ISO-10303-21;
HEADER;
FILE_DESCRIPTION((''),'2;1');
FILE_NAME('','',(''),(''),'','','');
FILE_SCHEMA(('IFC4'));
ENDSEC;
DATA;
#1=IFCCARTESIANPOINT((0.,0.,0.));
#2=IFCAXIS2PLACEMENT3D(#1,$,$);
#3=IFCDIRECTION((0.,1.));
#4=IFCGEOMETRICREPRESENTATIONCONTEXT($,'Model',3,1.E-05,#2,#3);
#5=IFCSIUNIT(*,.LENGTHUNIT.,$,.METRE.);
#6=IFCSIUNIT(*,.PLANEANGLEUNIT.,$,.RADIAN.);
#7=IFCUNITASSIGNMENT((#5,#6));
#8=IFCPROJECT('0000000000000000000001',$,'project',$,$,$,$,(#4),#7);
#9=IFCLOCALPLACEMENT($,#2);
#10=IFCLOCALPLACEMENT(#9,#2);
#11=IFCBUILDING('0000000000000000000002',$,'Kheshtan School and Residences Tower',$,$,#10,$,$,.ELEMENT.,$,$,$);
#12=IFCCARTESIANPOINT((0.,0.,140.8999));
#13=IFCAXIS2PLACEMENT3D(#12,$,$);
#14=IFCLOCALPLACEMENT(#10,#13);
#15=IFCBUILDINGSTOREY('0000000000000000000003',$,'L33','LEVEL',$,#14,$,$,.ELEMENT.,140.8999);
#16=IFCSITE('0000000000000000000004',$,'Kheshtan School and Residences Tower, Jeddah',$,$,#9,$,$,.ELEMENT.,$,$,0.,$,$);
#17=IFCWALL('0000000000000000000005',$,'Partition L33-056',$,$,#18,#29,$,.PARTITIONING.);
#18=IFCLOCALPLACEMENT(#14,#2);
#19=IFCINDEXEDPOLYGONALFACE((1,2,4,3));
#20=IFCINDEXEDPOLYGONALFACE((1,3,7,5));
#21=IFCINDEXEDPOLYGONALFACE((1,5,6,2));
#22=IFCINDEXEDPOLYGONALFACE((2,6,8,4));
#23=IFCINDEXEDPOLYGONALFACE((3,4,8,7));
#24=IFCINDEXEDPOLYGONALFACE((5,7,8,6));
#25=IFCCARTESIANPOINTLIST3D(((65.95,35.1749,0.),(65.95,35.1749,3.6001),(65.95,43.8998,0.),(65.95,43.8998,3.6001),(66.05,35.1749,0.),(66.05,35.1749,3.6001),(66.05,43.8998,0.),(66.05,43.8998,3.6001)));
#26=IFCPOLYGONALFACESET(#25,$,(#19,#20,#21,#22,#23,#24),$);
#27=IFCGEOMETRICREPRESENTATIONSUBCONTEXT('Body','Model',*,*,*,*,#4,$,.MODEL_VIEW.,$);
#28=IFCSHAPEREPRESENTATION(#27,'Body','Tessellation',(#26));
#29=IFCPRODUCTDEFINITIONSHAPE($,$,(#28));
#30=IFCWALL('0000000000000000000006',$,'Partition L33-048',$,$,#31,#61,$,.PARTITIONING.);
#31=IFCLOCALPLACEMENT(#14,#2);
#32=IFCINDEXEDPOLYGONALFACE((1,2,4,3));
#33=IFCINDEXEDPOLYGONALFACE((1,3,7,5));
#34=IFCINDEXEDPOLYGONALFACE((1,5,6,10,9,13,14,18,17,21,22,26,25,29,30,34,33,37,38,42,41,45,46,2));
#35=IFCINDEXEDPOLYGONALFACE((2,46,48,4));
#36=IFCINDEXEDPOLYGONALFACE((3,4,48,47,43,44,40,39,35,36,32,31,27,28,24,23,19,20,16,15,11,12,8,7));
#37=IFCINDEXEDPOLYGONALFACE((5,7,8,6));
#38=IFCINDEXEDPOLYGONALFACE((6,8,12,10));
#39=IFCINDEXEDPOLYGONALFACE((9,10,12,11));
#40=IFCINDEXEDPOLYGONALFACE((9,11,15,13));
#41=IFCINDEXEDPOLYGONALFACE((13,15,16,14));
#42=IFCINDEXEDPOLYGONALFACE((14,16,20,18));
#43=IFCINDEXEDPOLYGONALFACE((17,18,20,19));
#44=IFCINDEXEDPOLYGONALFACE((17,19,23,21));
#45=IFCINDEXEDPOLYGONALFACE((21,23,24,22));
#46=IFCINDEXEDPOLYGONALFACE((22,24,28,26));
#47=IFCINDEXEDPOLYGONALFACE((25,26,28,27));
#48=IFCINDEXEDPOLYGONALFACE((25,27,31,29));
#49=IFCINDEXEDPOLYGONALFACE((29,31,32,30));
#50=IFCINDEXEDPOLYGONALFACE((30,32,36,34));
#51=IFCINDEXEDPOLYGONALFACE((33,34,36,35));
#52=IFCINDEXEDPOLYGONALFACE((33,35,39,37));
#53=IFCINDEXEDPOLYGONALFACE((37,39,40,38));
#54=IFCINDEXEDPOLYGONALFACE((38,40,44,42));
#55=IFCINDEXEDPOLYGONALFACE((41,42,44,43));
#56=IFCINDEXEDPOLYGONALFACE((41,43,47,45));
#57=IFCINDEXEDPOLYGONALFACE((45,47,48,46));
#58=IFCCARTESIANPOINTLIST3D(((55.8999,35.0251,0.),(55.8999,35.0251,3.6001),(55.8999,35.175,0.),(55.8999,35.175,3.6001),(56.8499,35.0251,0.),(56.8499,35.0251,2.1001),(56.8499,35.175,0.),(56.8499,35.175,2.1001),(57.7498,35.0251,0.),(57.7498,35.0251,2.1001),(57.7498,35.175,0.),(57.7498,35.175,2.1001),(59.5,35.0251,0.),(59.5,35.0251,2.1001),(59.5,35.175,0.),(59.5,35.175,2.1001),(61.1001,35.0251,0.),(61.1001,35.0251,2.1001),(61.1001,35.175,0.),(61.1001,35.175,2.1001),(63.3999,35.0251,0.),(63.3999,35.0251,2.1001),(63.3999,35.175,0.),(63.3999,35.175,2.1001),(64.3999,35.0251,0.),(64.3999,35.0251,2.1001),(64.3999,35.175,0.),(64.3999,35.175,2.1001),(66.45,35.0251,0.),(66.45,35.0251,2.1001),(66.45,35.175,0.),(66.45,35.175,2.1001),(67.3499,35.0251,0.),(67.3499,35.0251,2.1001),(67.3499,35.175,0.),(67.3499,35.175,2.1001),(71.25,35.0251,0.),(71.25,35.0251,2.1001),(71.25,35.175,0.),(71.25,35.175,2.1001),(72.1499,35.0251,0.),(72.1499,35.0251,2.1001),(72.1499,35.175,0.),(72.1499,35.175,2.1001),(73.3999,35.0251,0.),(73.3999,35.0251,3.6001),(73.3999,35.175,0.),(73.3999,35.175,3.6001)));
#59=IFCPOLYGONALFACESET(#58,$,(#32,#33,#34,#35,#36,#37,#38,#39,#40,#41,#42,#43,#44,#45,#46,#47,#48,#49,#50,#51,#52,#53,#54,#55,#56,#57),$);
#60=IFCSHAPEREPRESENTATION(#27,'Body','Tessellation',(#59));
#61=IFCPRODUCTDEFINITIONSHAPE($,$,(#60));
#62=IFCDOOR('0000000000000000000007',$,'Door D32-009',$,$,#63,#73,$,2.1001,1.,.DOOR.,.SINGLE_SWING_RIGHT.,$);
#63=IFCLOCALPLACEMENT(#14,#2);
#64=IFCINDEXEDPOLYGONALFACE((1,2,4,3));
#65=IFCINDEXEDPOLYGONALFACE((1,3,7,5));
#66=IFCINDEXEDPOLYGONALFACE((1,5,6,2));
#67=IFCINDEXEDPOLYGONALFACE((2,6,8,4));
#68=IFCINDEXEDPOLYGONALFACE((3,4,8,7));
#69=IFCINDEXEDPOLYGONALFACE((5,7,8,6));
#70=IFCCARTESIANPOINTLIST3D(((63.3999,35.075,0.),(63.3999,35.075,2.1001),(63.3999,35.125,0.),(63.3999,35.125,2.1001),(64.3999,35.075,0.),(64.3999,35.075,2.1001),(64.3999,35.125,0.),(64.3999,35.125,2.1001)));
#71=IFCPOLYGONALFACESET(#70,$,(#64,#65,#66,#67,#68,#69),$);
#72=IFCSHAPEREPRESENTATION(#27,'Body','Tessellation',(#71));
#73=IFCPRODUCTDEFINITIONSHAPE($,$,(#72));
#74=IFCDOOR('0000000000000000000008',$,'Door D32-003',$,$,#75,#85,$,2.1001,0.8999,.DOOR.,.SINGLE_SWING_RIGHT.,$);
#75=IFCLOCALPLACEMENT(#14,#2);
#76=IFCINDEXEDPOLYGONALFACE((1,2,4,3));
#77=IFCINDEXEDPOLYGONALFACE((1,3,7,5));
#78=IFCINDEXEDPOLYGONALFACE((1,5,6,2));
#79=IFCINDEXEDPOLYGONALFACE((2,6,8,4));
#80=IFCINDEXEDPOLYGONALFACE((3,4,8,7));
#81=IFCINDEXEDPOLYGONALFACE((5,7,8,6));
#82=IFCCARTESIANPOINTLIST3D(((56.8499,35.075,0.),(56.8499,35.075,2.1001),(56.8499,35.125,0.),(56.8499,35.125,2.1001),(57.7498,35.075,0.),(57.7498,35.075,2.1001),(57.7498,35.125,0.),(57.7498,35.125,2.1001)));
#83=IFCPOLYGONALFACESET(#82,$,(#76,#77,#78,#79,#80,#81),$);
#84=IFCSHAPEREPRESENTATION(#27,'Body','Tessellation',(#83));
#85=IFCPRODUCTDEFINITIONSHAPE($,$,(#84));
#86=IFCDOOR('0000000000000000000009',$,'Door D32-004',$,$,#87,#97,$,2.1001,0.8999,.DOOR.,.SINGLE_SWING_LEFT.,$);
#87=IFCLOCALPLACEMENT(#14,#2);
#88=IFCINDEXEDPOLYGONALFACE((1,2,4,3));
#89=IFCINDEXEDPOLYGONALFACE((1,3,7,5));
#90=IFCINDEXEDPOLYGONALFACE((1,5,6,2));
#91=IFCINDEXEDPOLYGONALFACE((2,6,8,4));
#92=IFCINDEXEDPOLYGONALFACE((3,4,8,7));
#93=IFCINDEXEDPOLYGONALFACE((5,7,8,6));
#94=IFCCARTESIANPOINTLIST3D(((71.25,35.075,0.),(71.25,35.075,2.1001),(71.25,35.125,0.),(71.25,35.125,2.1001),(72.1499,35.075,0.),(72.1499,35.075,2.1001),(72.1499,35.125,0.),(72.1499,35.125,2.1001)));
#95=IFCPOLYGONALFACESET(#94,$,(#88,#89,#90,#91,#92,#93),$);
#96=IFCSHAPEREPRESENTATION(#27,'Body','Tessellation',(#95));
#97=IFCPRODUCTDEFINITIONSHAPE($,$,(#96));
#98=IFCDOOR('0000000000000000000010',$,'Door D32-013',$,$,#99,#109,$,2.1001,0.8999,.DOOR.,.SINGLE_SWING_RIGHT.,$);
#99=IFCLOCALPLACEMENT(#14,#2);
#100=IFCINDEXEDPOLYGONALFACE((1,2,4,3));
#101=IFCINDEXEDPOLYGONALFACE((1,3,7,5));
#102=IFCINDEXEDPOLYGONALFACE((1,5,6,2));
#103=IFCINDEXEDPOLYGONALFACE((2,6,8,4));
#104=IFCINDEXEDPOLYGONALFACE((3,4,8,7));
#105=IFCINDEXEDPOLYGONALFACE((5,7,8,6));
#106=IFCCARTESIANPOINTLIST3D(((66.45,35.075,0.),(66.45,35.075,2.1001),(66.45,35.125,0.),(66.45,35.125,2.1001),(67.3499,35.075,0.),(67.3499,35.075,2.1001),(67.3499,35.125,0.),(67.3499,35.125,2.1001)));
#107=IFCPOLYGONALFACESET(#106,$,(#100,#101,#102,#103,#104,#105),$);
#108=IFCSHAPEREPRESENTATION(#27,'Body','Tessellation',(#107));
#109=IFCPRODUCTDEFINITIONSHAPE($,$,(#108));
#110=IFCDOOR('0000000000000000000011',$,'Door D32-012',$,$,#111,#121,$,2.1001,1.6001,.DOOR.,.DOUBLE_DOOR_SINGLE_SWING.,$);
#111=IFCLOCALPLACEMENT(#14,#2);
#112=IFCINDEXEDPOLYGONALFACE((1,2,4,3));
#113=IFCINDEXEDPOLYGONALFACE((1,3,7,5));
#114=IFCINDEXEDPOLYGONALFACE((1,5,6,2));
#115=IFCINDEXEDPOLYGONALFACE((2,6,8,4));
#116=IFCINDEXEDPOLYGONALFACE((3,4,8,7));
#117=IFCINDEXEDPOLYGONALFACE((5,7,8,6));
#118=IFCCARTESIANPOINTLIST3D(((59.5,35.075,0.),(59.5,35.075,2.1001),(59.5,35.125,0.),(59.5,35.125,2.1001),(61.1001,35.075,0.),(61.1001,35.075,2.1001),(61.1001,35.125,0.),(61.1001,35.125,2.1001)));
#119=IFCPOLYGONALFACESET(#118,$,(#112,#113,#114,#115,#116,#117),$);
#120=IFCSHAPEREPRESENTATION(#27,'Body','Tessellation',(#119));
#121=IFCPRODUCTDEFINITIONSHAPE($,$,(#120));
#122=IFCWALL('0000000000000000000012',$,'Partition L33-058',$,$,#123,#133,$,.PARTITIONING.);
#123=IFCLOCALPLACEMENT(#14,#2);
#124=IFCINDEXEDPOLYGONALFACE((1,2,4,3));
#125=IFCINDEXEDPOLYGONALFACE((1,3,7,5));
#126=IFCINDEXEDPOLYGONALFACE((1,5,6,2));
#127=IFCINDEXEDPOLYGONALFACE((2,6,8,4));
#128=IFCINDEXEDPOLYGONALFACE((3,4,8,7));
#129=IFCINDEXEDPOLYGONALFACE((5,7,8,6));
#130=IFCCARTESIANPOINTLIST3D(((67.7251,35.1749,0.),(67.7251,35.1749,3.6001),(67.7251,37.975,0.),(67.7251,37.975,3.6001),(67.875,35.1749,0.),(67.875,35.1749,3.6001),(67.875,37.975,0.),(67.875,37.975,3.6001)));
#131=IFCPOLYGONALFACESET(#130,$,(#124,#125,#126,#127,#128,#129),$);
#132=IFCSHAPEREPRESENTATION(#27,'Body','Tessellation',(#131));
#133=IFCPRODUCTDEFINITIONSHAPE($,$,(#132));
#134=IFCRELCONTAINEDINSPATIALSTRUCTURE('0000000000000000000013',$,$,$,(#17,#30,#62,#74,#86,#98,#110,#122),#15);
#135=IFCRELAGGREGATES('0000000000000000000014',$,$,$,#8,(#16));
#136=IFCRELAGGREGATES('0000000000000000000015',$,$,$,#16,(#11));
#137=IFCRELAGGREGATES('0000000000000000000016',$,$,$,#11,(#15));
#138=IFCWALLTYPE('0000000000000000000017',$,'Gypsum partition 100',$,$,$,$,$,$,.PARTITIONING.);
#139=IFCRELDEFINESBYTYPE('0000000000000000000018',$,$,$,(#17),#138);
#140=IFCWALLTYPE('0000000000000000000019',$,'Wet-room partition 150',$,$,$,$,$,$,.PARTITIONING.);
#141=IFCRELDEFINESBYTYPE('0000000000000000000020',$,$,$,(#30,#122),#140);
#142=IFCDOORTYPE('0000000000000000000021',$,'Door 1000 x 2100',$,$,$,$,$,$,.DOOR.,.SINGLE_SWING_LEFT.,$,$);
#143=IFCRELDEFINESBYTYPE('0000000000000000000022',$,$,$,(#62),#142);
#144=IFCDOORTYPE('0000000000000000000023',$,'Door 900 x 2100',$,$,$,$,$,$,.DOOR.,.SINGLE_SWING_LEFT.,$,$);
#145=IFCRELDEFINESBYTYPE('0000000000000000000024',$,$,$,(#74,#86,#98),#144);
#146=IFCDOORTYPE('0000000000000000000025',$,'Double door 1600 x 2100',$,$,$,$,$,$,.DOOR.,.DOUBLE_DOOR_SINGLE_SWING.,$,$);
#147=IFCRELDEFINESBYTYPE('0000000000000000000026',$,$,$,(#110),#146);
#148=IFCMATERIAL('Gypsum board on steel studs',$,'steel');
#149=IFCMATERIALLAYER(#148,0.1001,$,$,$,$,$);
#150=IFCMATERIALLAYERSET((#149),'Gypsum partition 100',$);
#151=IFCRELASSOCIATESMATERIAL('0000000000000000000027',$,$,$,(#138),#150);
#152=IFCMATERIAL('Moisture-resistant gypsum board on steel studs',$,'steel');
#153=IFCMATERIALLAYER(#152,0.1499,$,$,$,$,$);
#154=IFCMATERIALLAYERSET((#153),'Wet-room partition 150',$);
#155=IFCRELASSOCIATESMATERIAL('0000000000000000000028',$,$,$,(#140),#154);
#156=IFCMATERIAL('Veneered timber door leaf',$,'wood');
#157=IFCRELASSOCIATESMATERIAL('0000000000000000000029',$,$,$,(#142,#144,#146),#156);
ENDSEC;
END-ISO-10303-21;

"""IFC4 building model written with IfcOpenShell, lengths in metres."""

from ifc_helpers import new_model, si_unit, direction, frame, frame_2d, origin, place, context, subcontext, project, spatial, rectangle, extrude, source, transform, mapped, material, layer, layer_set, type_object, element, fill, save


model = new_model("IFC4")

# Units and contexts
model_context = context("Model", 3, precision=1e-05, world=origin(), true_north=direction((0.0, 1.0)))
body_context = subcontext(model_context, "Body", "Model", "MODEL_VIEW")
ifc_project = project(units=[si_unit("LENGTHUNIT", "METRE"), si_unit("PLANEANGLEUNIT", "RADIAN")], contexts=[model_context])

# Site, building, storey
site_placement = place(None, origin())
site = spatial("IfcSite", under=ifc_project, at=site_placement, Name="Kheshtan School and Residences Tower, Jeddah", CompositionType="ELEMENT", RefElevation=0.0)
building_placement = place(site_placement, origin())
building = spatial("IfcBuilding", under=site, at=building_placement, Name="Kheshtan School and Residences Tower", CompositionType="ELEMENT")
storey_placement = place(building_placement, frame((0.0, 0.0, 140.8999)))
storey = spatial("IfcBuildingStorey", under=building, at=storey_placement, Name="L33", Description="LEVEL", CompositionType="ELEMENT", Elevation=140.8999)

# Wall
ifc_material_1 = material(Name="Gypsum board on steel studs", Category="steel")
ifc_layer_1 = layer(ifc_material_1, 0.1001)
ifc_layer_set_1 = layer_set([ifc_layer_1], Name="Gypsum partition 100")
wall_type_1 = type_object("IfcWallType", Name="Gypsum partition 100", PredefinedType="PARTITIONING", material=ifc_layer_set_1)
for number, where, z_axis, x_axis, name in (
    (1, (66.0, 35.175, 0.0), (0.0, 0.0, 1.0), (0.0, 1.0, 0.0), "Partition L33-056"),
):
    element("IfcWall", number, at=place(storey_placement, frame(where, z_axis=z_axis, x_axis=x_axis)), inside=storey, type_object=wall_type_1, Name=name, PredefinedType="PARTITIONING", context=body_context, shape_type="SweptSolid", body=[
        extrude(rectangle(XDim=8.7249, YDim=0.1001, at=frame_2d((4.3623, 0.0))), origin(), (0.0, 0.0, 1.0), 3.6001),
    ])

# Wall, openings, doors
ifc_material_2 = material(Name="Moisture-resistant gypsum board on steel studs", Category="steel")
ifc_layer_2 = layer(ifc_material_2, 0.1499)
ifc_layer_set_2 = layer_set([ifc_layer_2], Name="Wet-room partition 150")
wall_type_2 = type_object("IfcWallType", Name="Wet-room partition 150", PredefinedType="PARTITIONING", material=ifc_layer_set_2)
wall_1_placement = place(storey_placement, frame((55.8999, 35.1001, 0.0), z_axis=(0.0, 0.0, 1.0), x_axis=(1.0, 0.0, 0.0)))
wall_1 = element("IfcWall", 2, at=wall_1_placement, inside=storey, type_object=wall_type_2, Name="Partition L33-048", PredefinedType="PARTITIONING", context=body_context, shape_type="SweptSolid", body=[
    extrude(rectangle(XDim=17.5, YDim=0.1499, at=frame_2d((8.75, 0.0))), origin(), (0.0, 0.0, 1.0), 3.6001),
])
opening_1_placement = place(wall_1_placement, frame((0.95, 0.0, 0.0)))
opening_1 = element("IfcOpeningElement", 3, at=opening_1_placement, cuts=wall_1, PredefinedType="OPENING", context=body_context, shape_type="SweptSolid", body=[
    extrude(rectangle(XDim=0.8999, YDim=2.1001, at=frame_2d((0.45, 1.05))), frame((0.0, 0.085, 0.0), z_axis=(0.0, -1.0, 0.0), x_axis=(1.0, 0.0, 0.0)), (0.0, 0.0, 1.0), 0.1699),
])
opening_2_placement = place(wall_1_placement, frame((15.3501, 0.0, 0.0)))
opening_2 = element("IfcOpeningElement", 4, at=opening_2_placement, cuts=wall_1, PredefinedType="OPENING", context=body_context, shape_type="SweptSolid", body=[
    extrude(rectangle(XDim=0.8999, YDim=2.1001, at=frame_2d((0.45, 1.05))), frame((0.0, 0.085, 0.0), z_axis=(0.0, -1.0, 0.0), x_axis=(1.0, 0.0, 0.0)), (0.0, 0.0, 1.0), 0.1699),
])
opening_3_placement = place(wall_1_placement, frame((7.5, 0.0, 0.0)))
opening_3 = element("IfcOpeningElement", 5, at=opening_3_placement, cuts=wall_1, PredefinedType="OPENING", context=body_context, shape_type="SweptSolid", body=[
    extrude(rectangle(XDim=1.0, YDim=2.1001, at=frame_2d((0.5, 1.05))), frame((0.0, 0.085, 0.0), z_axis=(0.0, -1.0, 0.0), x_axis=(1.0, 0.0, 0.0)), (0.0, 0.0, 1.0), 0.1699),
])
opening_4_placement = place(wall_1_placement, frame((3.6001, 0.0, 0.0)))
opening_4 = element("IfcOpeningElement", 6, at=opening_4_placement, cuts=wall_1, PredefinedType="OPENING", context=body_context, shape_type="SweptSolid", body=[
    extrude(rectangle(XDim=1.6001, YDim=2.1001, at=frame_2d((0.8, 1.05))), frame((0.0, 0.085, 0.0), z_axis=(0.0, -1.0, 0.0), x_axis=(1.0, 0.0, 0.0)), (0.0, 0.0, 1.0), 0.1699),
])
opening_5_placement = place(wall_1_placement, frame((10.55, 0.0, 0.0)))
opening_5 = element("IfcOpeningElement", 7, at=opening_5_placement, cuts=wall_1, PredefinedType="OPENING", context=body_context, shape_type="SweptSolid", body=[
    extrude(rectangle(XDim=0.8999, YDim=2.1001, at=frame_2d((0.45, 1.05))), frame((0.0, 0.085, 0.0), z_axis=(0.0, -1.0, 0.0), x_axis=(1.0, 0.0, 0.0)), (0.0, 0.0, 1.0), 0.1699),
])
ifc_material_3 = material(Name="Veneered timber door leaf", Category="wood")
door_type_1 = type_object("IfcDoorType", Name="Door 1000 x 2100", OperationType="SINGLE_SWING_LEFT", PredefinedType="DOOR", material=ifc_material_3)
shared_shape_1 = source(origin(), body_context, "Body", "SweptSolid", [
    extrude(rectangle(XDim=1.0, YDim=2.1001, at=frame_2d((0.5, 1.05))), frame((0.0, 0.0249, 0.0), z_axis=(0.0, -1.0, 0.0), x_axis=(1.0, 0.0, 0.0)), (0.0, 0.0, 1.0), 0.05),
])
door_1_placement = place(opening_3_placement, origin())
door_1 = element("IfcDoor", 8, at=door_1_placement, inside=storey, type_object=door_type_1, Name="Door D32-009", OperationType="SINGLE_SWING_RIGHT", OverallHeight=2.1001, OverallWidth=1.0, PredefinedType="DOOR", context=body_context, shape_type="MappedRepresentation", body=[
    mapped(shared_shape_1, transform((0.0, 0.0, 0.0), x_axis=(1.0, 0.0, 0.0), y_axis=(0.0, 1.0, 0.0), z_axis=(0.0, 0.0, 1.0), scale=1.0)),
])
fill(opening_3, door_1)
door_type_2 = type_object("IfcDoorType", Name="Door 900 x 2100", OperationType="SINGLE_SWING_LEFT", PredefinedType="DOOR", material=ifc_material_3)
shared_shape_2 = source(origin(), body_context, "Body", "SweptSolid", [
    extrude(rectangle(XDim=0.8999, YDim=2.1001, at=frame_2d((0.45, 1.05))), frame((0.0, 0.0249, 0.0), z_axis=(0.0, -1.0, 0.0), x_axis=(1.0, 0.0, 0.0)), (0.0, 0.0, 1.0), 0.05),
])
door_2_placement = place(opening_1_placement, origin())
door_2 = element("IfcDoor", 9, at=door_2_placement, inside=storey, type_object=door_type_2, Name="Door D32-003", OperationType="SINGLE_SWING_RIGHT", OverallHeight=2.1001, OverallWidth=0.8999, PredefinedType="DOOR", context=body_context, shape_type="MappedRepresentation", body=[
    mapped(shared_shape_2, transform((0.0, 0.0, 0.0), x_axis=(1.0, 0.0, 0.0), y_axis=(0.0, 1.0, 0.0), z_axis=(0.0, 0.0, 1.0), scale=1.0)),
])
fill(opening_1, door_2)
door_3_placement = place(opening_2_placement, origin())
door_3 = element("IfcDoor", 10, at=door_3_placement, inside=storey, type_object=door_type_2, Name="Door D32-004", OperationType="SINGLE_SWING_LEFT", OverallHeight=2.1001, OverallWidth=0.8999, PredefinedType="DOOR", context=body_context, shape_type="MappedRepresentation", body=[
    mapped(shared_shape_2, transform((0.0, 0.0, 0.0), x_axis=(1.0, 0.0, 0.0), y_axis=(0.0, 1.0, 0.0), z_axis=(0.0, 0.0, 1.0), scale=1.0)),
])
fill(opening_2, door_3)
door_4_placement = place(opening_5_placement, origin())
door_4 = element("IfcDoor", 11, at=door_4_placement, inside=storey, type_object=door_type_2, Name="Door D32-013", OperationType="SINGLE_SWING_RIGHT", OverallHeight=2.1001, OverallWidth=0.8999, PredefinedType="DOOR", context=body_context, shape_type="MappedRepresentation", body=[
    mapped(shared_shape_2, transform((0.0, 0.0, 0.0), x_axis=(1.0, 0.0, 0.0), y_axis=(0.0, 1.0, 0.0), z_axis=(0.0, 0.0, 1.0), scale=1.0)),
])
fill(opening_5, door_4)
door_type_3 = type_object("IfcDoorType", Name="Double door 1600 x 2100", OperationType="DOUBLE_DOOR_SINGLE_SWING", PredefinedType="DOOR", material=ifc_material_3)
shared_shape_3 = source(origin(), body_context, "Body", "SweptSolid", [
    extrude(rectangle(XDim=1.6001, YDim=2.1001, at=frame_2d((0.8, 1.05))), frame((0.0, 0.0249, 0.0), z_axis=(0.0, -1.0, 0.0), x_axis=(1.0, 0.0, 0.0)), (0.0, 0.0, 1.0), 0.05),
])
door_5_placement = place(opening_4_placement, origin())
door_5 = element("IfcDoor", 12, at=door_5_placement, inside=storey, type_object=door_type_3, Name="Door D32-012", OperationType="DOUBLE_DOOR_SINGLE_SWING", OverallHeight=2.1001, OverallWidth=1.6001, PredefinedType="DOOR", context=body_context, shape_type="MappedRepresentation", body=[
    mapped(shared_shape_3, transform((0.0, 0.0, 0.0), x_axis=(1.0, 0.0, 0.0), y_axis=(0.0, 1.0, 0.0), z_axis=(0.0, 0.0, 1.0), scale=1.0)),
])
fill(opening_4, door_5)

# Wall
wall_2_placement = place(storey_placement, frame((67.8, 35.175, 0.0), z_axis=(0.0, 0.0, 1.0), x_axis=(0.0, 1.0, 0.0)))
element("IfcWall", 13, at=wall_2_placement, inside=storey, type_object=wall_type_2, Name="Partition L33-058", PredefinedType="PARTITIONING", context=body_context, shape_type="SweptSolid", body=[
    extrude(rectangle(XDim=2.8, YDim=0.1499, at=frame_2d((1.3999, 0.0))), origin(), (0.0, 0.0, 1.0), 3.6001),
])

save(model, "model.ifc")
